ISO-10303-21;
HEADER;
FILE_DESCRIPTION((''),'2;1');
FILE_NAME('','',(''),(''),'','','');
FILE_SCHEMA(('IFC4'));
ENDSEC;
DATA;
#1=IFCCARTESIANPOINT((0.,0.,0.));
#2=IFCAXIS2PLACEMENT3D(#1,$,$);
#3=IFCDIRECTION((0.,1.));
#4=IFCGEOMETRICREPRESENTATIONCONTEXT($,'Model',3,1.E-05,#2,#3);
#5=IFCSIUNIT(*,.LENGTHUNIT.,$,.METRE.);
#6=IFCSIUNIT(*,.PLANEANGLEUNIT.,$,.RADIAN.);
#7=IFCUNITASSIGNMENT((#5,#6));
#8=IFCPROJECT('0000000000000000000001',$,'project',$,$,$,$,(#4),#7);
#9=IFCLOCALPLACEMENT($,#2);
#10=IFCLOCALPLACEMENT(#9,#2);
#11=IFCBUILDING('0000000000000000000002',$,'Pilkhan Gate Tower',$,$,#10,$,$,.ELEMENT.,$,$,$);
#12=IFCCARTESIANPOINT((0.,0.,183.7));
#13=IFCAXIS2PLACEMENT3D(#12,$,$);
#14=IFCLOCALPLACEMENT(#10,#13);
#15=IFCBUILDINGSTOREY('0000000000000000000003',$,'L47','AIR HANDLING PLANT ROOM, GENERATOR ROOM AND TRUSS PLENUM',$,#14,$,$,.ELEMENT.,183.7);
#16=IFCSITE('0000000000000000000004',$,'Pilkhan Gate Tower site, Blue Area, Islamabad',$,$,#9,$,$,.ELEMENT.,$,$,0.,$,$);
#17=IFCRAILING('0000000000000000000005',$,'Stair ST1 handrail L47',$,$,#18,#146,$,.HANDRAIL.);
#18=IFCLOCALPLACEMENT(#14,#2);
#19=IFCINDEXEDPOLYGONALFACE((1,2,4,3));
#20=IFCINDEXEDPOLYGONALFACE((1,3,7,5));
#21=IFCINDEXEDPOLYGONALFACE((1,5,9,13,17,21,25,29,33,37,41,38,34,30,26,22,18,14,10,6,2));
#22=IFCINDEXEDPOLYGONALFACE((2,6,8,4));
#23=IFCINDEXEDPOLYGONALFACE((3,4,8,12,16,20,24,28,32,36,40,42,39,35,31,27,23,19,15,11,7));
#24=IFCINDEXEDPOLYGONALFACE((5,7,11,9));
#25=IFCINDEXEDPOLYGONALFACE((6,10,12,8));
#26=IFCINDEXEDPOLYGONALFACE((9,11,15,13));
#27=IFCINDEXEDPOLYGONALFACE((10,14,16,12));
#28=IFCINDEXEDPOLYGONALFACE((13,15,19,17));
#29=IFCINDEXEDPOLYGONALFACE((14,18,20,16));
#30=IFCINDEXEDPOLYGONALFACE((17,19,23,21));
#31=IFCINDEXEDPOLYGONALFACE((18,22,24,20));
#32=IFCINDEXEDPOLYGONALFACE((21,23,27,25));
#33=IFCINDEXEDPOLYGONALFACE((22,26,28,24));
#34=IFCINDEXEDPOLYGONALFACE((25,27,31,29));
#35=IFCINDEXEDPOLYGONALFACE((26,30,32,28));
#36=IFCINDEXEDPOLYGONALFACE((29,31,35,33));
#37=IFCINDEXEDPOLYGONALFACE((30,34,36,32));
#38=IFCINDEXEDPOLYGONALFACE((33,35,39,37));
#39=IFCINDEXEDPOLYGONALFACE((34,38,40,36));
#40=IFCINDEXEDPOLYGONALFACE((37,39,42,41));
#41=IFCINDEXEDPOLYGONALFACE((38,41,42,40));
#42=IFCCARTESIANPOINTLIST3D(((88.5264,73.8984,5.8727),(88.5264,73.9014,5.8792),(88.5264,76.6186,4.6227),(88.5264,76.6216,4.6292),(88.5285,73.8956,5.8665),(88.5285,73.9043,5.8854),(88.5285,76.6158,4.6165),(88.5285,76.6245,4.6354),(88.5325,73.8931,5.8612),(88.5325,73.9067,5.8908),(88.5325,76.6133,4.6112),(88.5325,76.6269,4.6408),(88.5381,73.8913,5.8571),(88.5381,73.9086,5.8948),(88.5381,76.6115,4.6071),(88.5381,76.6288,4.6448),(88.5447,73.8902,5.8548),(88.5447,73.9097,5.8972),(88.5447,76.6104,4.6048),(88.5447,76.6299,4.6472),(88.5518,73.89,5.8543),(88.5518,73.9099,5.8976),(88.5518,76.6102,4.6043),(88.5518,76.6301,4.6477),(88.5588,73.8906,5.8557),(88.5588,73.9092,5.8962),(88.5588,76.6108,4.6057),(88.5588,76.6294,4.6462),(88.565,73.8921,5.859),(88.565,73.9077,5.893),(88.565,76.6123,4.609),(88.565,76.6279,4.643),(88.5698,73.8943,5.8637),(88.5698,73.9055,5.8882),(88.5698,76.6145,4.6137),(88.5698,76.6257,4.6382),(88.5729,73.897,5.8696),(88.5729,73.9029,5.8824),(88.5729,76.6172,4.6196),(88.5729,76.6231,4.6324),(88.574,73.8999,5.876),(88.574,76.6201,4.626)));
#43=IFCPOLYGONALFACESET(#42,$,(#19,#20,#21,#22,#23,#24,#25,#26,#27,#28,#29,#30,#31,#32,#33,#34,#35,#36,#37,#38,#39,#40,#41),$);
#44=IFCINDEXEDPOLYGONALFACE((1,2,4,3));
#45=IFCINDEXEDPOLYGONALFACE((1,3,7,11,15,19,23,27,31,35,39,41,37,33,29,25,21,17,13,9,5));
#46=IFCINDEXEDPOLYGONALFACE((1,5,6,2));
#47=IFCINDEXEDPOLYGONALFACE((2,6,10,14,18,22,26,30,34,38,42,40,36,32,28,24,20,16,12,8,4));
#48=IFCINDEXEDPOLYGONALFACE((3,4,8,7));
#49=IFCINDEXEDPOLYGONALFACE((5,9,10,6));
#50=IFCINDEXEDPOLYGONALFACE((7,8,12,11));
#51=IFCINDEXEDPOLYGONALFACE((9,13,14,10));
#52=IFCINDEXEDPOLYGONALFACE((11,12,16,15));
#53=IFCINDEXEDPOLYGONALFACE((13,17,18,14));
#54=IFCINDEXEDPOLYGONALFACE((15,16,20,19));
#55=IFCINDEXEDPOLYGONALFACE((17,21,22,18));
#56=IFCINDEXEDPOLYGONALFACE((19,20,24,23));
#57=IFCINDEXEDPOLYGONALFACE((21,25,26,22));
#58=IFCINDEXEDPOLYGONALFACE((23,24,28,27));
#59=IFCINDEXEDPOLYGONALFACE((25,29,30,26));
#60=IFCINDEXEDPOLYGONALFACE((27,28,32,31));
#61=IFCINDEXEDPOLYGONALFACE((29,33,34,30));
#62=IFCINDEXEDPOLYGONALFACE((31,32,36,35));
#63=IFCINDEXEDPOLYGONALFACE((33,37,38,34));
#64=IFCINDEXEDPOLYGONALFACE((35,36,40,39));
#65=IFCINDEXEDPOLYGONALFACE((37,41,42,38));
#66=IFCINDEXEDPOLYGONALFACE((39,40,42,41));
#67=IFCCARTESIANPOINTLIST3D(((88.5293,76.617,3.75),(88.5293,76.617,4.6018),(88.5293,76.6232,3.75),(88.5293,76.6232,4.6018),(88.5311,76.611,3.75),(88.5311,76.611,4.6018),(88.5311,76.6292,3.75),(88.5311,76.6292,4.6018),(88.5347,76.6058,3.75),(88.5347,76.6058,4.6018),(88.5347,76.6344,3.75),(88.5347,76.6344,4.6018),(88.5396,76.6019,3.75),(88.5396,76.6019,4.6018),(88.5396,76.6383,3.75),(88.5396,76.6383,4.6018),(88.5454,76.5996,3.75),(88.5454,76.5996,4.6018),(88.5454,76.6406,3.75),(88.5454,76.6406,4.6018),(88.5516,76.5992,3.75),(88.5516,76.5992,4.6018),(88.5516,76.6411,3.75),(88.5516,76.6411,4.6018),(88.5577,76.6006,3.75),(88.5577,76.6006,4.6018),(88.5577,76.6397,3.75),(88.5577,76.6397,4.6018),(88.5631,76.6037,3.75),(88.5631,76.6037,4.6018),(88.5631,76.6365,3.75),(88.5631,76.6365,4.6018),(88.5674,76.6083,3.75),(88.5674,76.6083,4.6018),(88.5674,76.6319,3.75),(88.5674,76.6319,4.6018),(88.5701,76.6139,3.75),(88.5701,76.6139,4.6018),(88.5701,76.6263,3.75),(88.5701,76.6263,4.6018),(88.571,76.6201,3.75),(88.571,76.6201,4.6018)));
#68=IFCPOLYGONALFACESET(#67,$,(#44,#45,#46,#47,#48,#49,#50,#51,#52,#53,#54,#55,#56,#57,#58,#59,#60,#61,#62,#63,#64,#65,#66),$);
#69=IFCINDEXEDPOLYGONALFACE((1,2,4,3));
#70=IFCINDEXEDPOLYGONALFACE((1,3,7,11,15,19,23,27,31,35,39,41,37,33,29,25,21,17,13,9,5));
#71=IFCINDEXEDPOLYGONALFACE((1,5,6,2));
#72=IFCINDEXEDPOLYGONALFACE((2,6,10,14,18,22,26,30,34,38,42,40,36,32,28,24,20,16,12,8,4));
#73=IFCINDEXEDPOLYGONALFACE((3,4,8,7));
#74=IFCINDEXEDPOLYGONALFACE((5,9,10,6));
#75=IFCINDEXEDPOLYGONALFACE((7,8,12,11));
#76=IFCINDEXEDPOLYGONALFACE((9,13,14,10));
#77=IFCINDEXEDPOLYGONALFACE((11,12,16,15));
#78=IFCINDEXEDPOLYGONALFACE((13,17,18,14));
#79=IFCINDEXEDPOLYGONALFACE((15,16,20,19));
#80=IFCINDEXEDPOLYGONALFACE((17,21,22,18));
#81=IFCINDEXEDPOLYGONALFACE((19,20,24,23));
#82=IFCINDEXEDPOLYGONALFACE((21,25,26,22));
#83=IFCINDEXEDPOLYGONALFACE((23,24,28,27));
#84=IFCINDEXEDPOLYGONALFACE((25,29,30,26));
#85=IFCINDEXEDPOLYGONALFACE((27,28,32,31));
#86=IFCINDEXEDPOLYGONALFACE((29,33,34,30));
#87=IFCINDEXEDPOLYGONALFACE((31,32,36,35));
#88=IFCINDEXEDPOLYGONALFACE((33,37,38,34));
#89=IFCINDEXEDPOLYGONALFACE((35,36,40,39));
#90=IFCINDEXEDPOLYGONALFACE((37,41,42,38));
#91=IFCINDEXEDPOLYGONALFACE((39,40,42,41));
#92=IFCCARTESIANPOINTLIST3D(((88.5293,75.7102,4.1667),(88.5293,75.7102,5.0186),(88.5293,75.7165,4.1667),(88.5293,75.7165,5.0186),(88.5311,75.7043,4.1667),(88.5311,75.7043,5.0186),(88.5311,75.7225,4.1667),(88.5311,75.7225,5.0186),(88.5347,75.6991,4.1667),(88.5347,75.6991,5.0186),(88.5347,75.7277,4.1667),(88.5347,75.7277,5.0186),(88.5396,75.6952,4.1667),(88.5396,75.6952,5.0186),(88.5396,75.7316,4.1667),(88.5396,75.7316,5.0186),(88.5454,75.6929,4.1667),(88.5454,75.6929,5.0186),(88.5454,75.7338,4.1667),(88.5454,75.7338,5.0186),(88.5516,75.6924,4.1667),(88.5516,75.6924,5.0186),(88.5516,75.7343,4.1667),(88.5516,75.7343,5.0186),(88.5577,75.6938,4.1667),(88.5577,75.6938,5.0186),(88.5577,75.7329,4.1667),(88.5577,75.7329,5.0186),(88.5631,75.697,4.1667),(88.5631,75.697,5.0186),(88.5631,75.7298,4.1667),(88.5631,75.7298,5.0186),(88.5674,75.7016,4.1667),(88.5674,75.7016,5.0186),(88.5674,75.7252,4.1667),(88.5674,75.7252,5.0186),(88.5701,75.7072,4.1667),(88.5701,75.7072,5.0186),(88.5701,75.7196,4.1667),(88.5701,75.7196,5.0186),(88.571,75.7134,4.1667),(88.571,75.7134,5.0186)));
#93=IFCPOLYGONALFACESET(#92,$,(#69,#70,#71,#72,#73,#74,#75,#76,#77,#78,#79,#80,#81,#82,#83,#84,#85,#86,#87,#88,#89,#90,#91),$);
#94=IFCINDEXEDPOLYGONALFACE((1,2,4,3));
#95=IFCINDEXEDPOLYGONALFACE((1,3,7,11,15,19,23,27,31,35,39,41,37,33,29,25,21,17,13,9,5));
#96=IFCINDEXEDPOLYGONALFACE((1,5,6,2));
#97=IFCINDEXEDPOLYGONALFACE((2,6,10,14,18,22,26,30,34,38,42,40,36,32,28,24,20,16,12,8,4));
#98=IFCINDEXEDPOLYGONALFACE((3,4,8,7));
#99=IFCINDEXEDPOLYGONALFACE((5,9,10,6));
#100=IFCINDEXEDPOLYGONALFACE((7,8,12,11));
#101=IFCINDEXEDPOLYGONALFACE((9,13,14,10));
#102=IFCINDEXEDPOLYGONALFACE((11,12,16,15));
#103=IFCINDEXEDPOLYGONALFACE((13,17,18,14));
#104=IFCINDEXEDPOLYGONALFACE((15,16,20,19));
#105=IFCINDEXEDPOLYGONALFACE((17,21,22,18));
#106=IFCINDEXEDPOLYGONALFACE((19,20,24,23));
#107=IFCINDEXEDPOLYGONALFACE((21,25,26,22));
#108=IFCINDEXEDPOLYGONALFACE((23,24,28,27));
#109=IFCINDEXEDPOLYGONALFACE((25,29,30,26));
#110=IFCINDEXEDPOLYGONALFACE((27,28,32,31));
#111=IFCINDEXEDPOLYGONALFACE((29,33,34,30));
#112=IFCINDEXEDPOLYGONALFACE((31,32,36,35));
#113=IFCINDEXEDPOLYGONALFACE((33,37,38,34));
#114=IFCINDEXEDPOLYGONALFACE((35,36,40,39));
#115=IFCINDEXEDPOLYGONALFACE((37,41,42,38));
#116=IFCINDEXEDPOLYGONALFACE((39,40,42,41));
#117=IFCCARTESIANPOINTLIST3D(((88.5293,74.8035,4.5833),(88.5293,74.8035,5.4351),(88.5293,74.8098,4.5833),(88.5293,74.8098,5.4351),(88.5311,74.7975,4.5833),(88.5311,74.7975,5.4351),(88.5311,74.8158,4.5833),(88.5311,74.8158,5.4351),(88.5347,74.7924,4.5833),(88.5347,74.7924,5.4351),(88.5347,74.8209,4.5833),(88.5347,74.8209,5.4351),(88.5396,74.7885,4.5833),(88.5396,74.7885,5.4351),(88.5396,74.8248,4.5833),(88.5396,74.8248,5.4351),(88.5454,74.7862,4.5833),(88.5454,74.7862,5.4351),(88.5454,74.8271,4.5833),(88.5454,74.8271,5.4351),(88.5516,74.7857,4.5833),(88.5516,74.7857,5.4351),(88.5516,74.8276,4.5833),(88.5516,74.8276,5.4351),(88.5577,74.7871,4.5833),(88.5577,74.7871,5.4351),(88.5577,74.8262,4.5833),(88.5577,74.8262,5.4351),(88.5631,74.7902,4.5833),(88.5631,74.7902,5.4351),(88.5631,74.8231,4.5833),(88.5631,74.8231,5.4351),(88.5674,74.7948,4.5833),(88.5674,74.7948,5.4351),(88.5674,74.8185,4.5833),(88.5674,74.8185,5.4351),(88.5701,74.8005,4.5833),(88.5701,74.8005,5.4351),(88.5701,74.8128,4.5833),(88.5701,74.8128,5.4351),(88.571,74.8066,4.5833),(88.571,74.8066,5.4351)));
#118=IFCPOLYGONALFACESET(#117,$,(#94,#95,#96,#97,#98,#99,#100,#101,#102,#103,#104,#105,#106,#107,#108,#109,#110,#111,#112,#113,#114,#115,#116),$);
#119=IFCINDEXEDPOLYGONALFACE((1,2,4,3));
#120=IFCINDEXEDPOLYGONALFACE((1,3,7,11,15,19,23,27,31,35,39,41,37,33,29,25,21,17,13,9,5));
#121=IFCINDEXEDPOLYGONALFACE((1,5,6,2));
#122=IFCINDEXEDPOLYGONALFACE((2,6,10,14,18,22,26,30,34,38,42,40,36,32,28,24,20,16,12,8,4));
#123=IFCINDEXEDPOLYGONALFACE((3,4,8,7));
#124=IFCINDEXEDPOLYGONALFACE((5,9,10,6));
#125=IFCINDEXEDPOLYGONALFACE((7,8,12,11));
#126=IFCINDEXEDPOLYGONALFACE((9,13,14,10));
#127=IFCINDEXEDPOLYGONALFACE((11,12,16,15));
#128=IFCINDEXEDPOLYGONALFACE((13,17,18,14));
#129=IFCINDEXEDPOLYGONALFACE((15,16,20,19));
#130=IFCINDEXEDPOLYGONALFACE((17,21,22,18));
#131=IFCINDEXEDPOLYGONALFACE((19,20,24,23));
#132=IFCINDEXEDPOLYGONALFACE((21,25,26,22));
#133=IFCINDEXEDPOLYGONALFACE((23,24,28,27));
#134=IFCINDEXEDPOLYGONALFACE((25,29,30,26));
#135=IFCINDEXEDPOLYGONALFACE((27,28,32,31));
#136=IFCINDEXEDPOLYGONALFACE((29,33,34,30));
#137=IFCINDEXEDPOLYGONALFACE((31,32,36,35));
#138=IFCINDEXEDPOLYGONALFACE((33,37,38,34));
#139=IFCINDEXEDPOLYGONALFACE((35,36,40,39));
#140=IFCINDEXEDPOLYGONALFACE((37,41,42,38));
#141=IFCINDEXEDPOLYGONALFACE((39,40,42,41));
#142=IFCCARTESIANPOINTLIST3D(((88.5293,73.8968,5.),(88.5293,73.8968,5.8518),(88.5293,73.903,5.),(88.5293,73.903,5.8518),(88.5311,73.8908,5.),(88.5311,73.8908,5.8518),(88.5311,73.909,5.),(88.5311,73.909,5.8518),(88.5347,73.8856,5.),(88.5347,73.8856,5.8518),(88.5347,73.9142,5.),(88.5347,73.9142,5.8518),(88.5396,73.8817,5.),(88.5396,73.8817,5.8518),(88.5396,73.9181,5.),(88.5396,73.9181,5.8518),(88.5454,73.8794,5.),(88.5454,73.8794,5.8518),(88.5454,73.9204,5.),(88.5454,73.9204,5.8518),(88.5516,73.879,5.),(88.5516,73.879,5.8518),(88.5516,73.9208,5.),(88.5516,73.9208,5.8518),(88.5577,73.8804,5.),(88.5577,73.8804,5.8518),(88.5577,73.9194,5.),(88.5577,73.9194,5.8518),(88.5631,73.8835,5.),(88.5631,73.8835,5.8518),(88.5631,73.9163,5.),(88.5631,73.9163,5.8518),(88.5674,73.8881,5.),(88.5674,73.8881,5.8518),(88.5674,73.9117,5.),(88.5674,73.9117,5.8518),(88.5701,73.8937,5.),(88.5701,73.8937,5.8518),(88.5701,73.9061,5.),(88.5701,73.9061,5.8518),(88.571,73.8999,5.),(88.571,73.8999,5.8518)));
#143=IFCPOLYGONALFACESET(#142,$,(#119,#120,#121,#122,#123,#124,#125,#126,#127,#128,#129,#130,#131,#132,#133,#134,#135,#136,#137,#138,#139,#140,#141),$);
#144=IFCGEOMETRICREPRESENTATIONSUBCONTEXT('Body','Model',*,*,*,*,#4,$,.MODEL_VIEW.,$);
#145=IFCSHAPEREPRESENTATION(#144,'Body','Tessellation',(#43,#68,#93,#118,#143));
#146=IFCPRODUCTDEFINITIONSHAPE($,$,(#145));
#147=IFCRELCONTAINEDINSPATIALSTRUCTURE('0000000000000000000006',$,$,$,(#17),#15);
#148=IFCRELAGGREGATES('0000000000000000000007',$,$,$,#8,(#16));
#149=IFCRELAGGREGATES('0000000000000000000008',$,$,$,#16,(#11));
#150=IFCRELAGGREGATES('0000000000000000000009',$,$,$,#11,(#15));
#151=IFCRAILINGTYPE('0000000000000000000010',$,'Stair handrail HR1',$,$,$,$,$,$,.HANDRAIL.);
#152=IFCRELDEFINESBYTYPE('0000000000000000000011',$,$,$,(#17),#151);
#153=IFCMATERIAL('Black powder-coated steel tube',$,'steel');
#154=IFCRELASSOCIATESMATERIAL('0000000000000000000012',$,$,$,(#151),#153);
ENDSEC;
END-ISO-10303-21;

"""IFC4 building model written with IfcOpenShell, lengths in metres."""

from ifc_helpers import new_model, si_unit, direction, frame, origin, origin_2d, place, context, subcontext, project, spatial, circle, extrude, material, type_object, element, save


model = new_model("IFC4")

# Units and contexts
model_context = context("Model", 3, precision=1e-05, world=origin(), true_north=direction((0.0, 1.0)))
body_context = subcontext(model_context, "Body", "Model", "MODEL_VIEW")
ifc_project = project(units=[si_unit("LENGTHUNIT", "METRE"), si_unit("PLANEANGLEUNIT", "RADIAN")], contexts=[model_context])

# Site, building, storey
site_placement = place(None, origin())
site = spatial("IfcSite", under=ifc_project, at=site_placement, Name="Pilkhan Gate Tower site, Blue Area, Islamabad", CompositionType="ELEMENT", RefElevation=0.0)
building_placement = place(site_placement, origin())
building = spatial("IfcBuilding", under=site, at=building_placement, Name="Pilkhan Gate Tower", CompositionType="ELEMENT")
storey_placement = place(building_placement, frame((0.0, 0.0, 183.7)))
storey = spatial("IfcBuildingStorey", under=building, at=storey_placement, Name="L47", Description="AIR HANDLING PLANT ROOM, GENERATOR ROOM AND TRUSS PLENUM", CompositionType="ELEMENT", Elevation=183.7)

# Railing
ifc_material_1 = material(Name="Black powder-coated steel tube", Category="steel")
railing_type_1 = type_object("IfcRailingType", Name="Stair handrail HR1", PredefinedType="HANDRAIL", material=ifc_material_1)
for number, where, name in (
    (1, (88.55, 76.6201, 3.75), "Stair ST1 handrail L47"),
):
    element("IfcRailing", number, at=place(storey_placement, frame(where)), inside=storey, type_object=railing_type_1, Name=name, PredefinedType="HANDRAIL", context=body_context, shape_type="SweptSolid", body=[
        extrude(circle(Radius=0.0239, at=origin_2d()), frame((0.0, 0.0, 0.876), z_axis=(0.0, -0.908655, 0.417547), x_axis=(1.0, 0.0, 0.0)), (0.0, 0.0, 1.0), 2.9937),
        extrude(circle(Radius=0.021, at=origin_2d()), origin(), (0.0, 0.0, 1.0), 0.8518),
        extrude(circle(Radius=0.021, at=origin_2d()), frame((0.0, -0.9067, 0.4167)), (0.0, 0.0, 1.0), 0.8518),
        extrude(circle(Radius=0.021, at=origin_2d()), frame((0.0, -1.8135, 0.8333)), (0.0, 0.0, 1.0), 0.8518),
        extrude(circle(Radius=0.021, at=origin_2d()), frame((0.0, -2.7202, 1.25)), (0.0, 0.0, 1.0), 0.8518),
    ])

save(model, "model.ifc")
